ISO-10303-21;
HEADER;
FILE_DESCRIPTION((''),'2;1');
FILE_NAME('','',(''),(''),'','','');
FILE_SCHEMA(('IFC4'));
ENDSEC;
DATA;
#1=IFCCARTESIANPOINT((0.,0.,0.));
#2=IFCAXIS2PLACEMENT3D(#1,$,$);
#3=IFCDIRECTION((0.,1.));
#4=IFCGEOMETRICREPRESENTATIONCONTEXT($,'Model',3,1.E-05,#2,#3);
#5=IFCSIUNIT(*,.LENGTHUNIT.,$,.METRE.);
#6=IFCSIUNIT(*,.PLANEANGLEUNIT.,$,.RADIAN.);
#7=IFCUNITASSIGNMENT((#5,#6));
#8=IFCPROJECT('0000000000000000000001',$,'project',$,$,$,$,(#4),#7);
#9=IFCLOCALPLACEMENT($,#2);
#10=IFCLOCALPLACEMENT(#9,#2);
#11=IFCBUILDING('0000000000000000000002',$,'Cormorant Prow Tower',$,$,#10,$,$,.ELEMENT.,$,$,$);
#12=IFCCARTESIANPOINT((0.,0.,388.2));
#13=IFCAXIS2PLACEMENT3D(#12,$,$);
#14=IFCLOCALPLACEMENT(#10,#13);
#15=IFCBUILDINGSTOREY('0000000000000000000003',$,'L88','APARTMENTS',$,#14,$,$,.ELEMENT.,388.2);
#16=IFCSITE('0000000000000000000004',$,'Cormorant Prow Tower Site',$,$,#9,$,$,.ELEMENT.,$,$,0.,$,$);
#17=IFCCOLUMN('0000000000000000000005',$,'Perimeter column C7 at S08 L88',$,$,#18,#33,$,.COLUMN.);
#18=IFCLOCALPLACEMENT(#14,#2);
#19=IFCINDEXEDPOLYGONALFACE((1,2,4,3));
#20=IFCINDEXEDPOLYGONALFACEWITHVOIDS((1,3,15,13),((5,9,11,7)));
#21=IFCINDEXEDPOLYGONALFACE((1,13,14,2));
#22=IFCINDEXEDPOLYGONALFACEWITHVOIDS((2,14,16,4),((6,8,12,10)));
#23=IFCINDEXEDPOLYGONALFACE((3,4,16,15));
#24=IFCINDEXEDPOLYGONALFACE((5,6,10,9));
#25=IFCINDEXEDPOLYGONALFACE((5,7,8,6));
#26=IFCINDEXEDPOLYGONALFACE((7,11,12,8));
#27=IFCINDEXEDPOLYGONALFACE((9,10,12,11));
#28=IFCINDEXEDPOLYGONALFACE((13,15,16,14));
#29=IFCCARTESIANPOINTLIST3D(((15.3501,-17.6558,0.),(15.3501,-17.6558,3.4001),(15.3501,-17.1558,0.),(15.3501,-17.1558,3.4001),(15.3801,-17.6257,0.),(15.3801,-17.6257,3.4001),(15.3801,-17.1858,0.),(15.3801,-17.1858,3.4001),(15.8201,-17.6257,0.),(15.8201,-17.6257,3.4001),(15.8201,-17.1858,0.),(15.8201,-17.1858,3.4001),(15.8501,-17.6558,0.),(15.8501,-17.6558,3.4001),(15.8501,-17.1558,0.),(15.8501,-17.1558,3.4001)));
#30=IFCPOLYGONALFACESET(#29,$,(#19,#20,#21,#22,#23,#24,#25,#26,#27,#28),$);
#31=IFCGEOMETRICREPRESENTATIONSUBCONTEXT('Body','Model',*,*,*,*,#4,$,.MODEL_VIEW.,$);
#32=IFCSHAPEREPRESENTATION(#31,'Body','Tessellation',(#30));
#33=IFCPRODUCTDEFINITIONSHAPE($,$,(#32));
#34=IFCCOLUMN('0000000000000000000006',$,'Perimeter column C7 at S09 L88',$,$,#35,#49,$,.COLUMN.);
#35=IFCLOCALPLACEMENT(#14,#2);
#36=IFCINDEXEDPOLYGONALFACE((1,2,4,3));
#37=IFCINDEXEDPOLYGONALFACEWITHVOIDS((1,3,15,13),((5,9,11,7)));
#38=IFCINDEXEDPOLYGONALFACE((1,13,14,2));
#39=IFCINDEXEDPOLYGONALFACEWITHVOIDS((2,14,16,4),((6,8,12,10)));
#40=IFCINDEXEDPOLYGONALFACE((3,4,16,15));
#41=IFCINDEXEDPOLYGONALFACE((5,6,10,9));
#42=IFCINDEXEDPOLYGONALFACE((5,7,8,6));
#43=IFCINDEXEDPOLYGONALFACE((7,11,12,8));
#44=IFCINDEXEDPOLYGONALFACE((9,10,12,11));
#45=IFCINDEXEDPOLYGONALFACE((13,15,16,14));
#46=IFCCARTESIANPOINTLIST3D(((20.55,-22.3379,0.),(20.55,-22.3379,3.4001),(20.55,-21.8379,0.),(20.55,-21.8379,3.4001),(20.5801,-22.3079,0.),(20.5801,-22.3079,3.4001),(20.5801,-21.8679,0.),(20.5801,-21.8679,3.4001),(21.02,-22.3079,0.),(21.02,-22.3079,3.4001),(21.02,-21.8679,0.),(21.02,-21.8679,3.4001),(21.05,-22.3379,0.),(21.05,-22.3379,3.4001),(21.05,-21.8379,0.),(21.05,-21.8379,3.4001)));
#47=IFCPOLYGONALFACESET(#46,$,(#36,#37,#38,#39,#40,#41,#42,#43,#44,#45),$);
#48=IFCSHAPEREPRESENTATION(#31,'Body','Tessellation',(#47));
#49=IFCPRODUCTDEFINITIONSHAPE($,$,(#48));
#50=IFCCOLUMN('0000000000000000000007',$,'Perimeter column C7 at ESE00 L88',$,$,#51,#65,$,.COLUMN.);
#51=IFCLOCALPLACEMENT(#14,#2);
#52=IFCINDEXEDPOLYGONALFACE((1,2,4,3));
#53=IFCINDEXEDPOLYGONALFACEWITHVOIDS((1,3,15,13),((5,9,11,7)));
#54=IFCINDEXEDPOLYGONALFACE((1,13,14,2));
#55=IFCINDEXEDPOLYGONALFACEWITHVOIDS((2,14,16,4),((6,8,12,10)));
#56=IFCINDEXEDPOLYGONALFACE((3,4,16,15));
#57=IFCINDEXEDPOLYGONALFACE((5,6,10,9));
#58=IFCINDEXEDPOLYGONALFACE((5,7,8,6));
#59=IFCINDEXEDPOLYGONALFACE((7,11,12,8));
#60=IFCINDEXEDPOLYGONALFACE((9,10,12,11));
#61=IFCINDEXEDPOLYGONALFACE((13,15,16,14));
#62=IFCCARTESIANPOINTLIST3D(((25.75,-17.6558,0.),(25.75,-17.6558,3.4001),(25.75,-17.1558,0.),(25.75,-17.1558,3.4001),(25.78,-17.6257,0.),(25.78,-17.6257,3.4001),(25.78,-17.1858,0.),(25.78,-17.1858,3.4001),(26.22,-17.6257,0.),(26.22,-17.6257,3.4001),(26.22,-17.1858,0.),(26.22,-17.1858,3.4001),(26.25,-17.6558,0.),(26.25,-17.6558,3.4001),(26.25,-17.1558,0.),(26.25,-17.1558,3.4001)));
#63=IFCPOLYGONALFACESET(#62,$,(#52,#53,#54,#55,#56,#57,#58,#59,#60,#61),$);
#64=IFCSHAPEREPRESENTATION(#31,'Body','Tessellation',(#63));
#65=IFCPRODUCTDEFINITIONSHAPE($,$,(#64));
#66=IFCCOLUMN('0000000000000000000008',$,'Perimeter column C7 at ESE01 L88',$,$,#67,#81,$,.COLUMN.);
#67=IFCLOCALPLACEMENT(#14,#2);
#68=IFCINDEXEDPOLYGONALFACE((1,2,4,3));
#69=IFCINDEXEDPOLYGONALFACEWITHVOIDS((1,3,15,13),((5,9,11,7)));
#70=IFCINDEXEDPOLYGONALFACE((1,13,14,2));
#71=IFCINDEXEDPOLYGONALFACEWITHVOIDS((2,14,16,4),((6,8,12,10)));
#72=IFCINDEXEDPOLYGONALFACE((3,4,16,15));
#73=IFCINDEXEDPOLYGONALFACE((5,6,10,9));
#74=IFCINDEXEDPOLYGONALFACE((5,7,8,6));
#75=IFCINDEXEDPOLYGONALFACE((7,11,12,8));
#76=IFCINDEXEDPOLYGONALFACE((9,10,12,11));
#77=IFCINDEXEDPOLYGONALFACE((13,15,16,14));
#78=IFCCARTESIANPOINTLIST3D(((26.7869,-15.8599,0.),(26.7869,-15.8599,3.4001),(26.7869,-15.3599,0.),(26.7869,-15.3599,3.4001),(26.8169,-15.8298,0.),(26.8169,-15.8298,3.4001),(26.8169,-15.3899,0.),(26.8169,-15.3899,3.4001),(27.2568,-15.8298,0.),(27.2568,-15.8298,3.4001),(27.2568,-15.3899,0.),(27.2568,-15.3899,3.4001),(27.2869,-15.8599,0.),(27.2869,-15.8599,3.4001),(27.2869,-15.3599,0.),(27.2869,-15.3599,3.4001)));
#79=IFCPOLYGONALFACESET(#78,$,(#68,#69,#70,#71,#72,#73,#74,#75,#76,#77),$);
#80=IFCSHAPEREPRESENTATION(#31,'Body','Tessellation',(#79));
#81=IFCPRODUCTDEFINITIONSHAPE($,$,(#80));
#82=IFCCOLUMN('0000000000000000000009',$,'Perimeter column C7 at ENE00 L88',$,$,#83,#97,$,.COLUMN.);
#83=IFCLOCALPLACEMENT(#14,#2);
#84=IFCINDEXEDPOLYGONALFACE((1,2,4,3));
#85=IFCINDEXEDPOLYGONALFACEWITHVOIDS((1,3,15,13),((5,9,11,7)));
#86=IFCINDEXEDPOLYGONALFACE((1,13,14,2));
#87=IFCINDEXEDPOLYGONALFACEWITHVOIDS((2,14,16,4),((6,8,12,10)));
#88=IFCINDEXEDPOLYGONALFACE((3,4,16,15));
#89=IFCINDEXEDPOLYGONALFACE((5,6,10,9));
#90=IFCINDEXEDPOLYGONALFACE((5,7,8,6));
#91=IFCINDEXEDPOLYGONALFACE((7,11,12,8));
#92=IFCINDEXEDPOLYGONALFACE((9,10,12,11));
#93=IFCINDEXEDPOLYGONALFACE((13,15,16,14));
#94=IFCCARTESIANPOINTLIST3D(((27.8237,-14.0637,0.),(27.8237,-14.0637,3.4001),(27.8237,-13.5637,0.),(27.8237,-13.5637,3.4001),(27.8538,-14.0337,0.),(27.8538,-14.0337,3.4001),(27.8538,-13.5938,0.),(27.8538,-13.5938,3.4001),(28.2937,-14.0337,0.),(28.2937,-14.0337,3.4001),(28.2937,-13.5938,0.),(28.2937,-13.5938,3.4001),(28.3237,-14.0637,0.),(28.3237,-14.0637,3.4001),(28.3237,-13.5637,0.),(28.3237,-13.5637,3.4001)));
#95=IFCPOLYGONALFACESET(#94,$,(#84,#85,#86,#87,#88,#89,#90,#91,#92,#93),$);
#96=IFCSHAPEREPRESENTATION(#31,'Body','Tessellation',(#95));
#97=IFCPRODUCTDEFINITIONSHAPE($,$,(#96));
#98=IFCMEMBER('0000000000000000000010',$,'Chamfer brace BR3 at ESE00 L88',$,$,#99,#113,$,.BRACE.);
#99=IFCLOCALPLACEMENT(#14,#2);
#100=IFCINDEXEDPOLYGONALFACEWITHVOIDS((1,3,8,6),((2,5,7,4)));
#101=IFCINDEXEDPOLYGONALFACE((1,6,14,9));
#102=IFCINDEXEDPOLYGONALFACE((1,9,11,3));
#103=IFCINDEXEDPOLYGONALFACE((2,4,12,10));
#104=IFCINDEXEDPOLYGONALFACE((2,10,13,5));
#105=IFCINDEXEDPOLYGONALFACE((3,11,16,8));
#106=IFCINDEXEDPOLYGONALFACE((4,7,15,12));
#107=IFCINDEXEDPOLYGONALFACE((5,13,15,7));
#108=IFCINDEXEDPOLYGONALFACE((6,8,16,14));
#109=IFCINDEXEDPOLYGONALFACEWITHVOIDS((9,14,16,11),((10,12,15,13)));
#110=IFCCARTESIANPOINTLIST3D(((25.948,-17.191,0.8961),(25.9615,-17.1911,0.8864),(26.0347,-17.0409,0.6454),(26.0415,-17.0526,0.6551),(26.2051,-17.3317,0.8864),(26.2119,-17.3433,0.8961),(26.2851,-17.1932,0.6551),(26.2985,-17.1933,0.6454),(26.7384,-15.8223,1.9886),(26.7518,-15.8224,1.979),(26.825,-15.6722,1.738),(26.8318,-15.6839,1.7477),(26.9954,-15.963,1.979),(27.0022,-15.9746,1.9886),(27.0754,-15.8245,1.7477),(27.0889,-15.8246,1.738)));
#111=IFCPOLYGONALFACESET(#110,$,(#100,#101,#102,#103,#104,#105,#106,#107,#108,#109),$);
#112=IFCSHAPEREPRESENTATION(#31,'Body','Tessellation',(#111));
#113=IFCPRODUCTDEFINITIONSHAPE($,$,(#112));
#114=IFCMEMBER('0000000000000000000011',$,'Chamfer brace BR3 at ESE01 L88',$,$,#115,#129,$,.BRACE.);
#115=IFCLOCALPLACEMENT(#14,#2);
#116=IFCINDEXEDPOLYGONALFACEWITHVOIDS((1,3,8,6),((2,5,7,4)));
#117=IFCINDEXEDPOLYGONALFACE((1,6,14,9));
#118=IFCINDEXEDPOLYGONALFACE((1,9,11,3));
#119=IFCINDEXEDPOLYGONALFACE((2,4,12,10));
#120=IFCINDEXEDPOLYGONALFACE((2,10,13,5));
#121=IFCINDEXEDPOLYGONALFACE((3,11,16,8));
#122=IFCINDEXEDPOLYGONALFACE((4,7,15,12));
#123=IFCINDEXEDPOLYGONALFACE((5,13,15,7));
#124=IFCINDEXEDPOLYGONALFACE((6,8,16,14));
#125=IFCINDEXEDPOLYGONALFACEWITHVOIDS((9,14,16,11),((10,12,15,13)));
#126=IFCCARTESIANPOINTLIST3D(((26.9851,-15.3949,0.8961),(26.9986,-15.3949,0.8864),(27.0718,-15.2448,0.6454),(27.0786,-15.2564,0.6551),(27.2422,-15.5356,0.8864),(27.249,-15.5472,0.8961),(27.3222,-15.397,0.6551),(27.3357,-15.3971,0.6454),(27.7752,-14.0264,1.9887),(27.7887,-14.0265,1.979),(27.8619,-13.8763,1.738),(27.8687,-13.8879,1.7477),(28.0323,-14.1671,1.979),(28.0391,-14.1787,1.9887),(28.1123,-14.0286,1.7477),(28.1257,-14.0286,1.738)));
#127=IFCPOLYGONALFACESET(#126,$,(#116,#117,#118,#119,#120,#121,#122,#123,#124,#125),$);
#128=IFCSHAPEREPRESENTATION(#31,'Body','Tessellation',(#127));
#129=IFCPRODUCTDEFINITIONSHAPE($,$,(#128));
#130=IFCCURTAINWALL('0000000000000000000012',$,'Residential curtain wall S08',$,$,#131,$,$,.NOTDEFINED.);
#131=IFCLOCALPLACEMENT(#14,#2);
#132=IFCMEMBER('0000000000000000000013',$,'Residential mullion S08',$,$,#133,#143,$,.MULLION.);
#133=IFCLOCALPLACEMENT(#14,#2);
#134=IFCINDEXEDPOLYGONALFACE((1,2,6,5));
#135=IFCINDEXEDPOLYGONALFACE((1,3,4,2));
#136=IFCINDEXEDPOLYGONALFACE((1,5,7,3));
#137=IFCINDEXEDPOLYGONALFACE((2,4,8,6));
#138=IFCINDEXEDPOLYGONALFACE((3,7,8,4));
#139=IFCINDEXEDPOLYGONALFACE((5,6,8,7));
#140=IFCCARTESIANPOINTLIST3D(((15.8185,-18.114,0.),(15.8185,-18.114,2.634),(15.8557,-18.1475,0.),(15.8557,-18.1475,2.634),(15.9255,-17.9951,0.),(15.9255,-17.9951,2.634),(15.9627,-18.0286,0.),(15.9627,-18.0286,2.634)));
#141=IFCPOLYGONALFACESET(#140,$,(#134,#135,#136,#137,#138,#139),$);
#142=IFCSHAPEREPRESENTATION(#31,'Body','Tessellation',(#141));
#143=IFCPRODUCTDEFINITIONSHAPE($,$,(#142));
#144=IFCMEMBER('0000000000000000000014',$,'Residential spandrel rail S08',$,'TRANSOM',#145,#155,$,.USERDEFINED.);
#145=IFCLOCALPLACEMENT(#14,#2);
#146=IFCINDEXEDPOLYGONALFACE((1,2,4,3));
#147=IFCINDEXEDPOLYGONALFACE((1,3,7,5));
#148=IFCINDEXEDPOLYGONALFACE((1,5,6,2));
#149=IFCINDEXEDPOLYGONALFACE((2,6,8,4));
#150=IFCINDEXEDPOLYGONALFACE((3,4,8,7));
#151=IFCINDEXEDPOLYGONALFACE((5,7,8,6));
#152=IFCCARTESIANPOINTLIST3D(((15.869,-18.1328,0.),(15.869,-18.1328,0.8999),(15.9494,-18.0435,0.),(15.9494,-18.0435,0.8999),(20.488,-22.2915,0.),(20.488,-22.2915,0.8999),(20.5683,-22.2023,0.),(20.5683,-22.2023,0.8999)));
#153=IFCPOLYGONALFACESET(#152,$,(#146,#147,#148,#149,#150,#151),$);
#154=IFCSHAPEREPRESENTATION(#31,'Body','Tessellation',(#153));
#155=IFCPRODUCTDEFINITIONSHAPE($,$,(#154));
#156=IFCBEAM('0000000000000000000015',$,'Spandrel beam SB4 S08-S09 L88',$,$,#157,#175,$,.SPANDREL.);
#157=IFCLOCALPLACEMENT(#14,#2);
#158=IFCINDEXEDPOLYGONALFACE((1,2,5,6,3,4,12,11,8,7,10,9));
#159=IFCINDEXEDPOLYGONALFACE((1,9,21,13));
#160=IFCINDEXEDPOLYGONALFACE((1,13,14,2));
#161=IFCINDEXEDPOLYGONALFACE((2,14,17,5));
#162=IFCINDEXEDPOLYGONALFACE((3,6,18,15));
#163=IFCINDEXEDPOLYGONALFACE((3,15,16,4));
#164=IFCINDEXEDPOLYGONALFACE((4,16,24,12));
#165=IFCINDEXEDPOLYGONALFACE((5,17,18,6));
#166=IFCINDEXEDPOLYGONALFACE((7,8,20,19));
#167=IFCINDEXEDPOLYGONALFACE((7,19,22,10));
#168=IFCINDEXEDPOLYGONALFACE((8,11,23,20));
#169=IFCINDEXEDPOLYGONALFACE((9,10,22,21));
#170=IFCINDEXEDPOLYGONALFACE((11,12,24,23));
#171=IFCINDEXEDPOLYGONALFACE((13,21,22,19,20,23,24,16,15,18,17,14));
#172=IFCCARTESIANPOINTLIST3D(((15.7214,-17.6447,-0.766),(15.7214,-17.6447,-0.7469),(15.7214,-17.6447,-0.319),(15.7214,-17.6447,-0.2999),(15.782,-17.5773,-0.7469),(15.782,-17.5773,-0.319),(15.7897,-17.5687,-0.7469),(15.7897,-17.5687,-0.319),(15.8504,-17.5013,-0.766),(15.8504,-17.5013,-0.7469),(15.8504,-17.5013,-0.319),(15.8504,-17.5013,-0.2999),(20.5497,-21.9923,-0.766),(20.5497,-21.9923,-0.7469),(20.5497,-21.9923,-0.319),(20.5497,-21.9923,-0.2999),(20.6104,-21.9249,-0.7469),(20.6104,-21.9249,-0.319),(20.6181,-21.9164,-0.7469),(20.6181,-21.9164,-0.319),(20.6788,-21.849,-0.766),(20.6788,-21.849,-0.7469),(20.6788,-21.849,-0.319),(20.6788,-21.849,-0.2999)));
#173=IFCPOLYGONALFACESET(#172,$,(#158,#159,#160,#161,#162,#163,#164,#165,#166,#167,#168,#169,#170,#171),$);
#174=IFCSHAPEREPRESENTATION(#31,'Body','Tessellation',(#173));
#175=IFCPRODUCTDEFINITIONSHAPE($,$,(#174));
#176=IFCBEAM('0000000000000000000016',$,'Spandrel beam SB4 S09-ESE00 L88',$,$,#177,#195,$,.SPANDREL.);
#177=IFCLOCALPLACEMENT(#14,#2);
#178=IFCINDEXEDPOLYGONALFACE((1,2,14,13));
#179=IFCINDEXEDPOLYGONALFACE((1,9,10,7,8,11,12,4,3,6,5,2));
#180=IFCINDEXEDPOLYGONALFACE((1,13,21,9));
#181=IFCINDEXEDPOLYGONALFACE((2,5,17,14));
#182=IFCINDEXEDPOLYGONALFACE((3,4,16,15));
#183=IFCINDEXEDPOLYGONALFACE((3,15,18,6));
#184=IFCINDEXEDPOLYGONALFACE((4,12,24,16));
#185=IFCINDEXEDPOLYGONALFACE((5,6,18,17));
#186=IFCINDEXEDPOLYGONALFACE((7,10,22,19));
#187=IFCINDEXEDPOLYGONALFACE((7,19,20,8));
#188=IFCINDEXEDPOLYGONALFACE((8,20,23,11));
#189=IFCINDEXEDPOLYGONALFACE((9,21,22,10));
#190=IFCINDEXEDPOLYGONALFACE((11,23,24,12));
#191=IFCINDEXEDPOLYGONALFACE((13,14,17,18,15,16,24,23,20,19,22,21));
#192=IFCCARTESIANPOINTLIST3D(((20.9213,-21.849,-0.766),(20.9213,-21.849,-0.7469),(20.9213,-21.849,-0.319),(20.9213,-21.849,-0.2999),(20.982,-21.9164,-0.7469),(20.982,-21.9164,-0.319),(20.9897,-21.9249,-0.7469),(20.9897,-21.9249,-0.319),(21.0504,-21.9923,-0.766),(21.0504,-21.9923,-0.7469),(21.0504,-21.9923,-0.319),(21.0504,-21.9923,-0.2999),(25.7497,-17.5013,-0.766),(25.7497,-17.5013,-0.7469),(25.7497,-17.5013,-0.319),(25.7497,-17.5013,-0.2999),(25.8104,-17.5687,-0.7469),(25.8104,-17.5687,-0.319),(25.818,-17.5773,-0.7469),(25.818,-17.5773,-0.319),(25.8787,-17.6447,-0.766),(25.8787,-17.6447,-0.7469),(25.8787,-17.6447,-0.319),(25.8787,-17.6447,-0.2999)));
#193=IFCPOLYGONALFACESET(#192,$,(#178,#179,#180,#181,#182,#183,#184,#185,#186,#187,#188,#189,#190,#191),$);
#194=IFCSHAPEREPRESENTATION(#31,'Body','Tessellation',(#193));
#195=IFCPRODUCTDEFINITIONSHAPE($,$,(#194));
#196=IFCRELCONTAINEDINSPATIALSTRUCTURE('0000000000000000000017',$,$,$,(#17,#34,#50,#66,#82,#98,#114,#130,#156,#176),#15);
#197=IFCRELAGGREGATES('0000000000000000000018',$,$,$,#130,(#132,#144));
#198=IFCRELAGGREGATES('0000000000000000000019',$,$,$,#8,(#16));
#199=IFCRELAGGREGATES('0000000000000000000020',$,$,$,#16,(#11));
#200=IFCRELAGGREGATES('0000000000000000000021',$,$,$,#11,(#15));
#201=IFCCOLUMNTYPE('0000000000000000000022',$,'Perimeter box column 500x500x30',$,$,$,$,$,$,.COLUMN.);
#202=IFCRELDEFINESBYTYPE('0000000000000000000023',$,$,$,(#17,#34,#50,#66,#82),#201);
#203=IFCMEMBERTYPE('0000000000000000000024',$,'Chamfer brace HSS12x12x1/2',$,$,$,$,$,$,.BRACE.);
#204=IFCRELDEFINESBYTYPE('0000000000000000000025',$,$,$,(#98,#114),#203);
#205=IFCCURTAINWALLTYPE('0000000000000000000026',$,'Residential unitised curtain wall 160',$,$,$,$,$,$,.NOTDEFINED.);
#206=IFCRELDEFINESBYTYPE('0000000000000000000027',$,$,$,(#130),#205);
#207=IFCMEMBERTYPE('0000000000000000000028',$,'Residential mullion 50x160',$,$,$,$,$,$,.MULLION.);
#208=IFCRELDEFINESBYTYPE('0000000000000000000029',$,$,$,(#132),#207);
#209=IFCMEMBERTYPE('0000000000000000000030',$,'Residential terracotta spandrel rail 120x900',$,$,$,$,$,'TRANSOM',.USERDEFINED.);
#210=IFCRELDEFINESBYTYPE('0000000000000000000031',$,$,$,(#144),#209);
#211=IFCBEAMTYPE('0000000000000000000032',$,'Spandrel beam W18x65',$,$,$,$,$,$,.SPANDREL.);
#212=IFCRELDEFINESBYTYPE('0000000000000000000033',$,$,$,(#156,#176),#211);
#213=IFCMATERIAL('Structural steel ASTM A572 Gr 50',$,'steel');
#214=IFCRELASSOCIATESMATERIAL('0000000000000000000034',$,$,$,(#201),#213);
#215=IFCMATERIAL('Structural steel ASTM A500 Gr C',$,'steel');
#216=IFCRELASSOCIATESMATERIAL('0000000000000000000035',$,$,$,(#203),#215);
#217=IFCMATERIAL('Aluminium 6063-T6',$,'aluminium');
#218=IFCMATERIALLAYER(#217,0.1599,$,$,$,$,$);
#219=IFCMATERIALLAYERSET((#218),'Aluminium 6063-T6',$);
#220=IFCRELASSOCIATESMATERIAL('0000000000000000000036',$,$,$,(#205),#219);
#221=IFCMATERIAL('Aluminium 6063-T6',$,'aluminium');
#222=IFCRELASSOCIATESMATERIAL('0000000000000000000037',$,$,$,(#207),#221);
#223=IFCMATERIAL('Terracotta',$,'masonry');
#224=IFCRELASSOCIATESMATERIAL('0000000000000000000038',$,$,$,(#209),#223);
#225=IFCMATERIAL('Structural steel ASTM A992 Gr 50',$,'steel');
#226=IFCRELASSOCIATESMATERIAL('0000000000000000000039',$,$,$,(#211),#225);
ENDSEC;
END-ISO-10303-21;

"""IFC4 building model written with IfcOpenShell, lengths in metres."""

from ifc_helpers import new_model, si_unit, direction, frame, origin, origin_2d, place, context, subcontext, project, spatial, rectangle, hollow_rectangle, i_section, extrude, material, layer, layer_set, material_profile, profile_set, type_object, element, aggregate, save


model = new_model("IFC4")

# Units and contexts
model_context = context("Model", 3, precision=1e-05, world=origin(), true_north=direction((0.0, 1.0)))
body_context = subcontext(model_context, "Body", "Model", "MODEL_VIEW")
ifc_project = project(units=[si_unit("LENGTHUNIT", "METRE"), si_unit("PLANEANGLEUNIT", "RADIAN")], contexts=[model_context])

# Site, building, storey
site_placement = place(None, origin())
site = spatial("IfcSite", under=ifc_project, at=site_placement, Name="Cormorant Prow Tower Site", CompositionType="ELEMENT", RefElevation=0.0)
building_placement = place(site_placement, origin())
building = spatial("IfcBuilding", under=site, at=building_placement, Name="Cormorant Prow Tower", CompositionType="ELEMENT")
storey_placement = place(building_placement, frame((0.0, 0.0, 388.2)))
storey = spatial("IfcBuildingStorey", under=building, at=storey_placement, Name="L88", Description="APARTMENTS", CompositionType="ELEMENT", Elevation=388.2)

# Columns
ifc_material_1 = material(Name="Structural steel ASTM A572 Gr 50", Category="steel")
ifc_material_profile_1 = material_profile(ifc_material_1, hollow_rectangle(XDim=0.5, YDim=0.5, WallThickness=0.03, at=origin_2d()), Name="Box 500x500x30")
ifc_profile_set_1 = profile_set([ifc_material_profile_1], Name="Structural steel ASTM A572 Gr 50")
column_type = type_object("IfcColumnType", Name="Perimeter box column 500x500x30", PredefinedType="COLUMN", material=ifc_profile_set_1)
for number, where, z_axis, x_axis, name in (
    (1, (15.6001, -17.4058, 0.0), (0.0, 0.0, 1.0), (1.0, 0.0, 0.0), "Perimeter column C7 at S08 L88"),
    (2, (20.8, -22.0879, 0.0), (0.0, 0.0, 1.0), (1.0, 0.0, 0.0), "Perimeter column C7 at S09 L88"),
    (3, (26.0, -17.4058, 0.0), (0.0, 0.0, 1.0), (1.0, 0.0, 0.0), "Perimeter column C7 at ESE00 L88"),
    (4, (27.0369, -15.6099, 0.0), (0.0, 0.0, 1.0), (1.0, 0.0, 0.0), "Perimeter column C7 at ESE01 L88"),
    (5, (28.0737, -13.8137, 0.0), (0.0, 0.0, 1.0), (1.0, 0.0, 0.0), "Perimeter column C7 at ENE00 L88"),
):
    element("IfcColumn", number, at=place(storey_placement, frame(where, z_axis=z_axis, x_axis=x_axis)), inside=storey, type_object=column_type, Name=name, PredefinedType="COLUMN", context=body_context, shape_type="SweptSolid", body=[
        extrude(hollow_rectangle(XDim=0.5, YDim=0.5, WallThickness=0.03, at=origin_2d()), origin(), (0.0, 0.0, 1.0), 3.4001),
    ])

# Members
ifc_material_2 = material(Name="Structural steel ASTM A500 Gr C", Category="steel")
ifc_material_profile_2 = material_profile(ifc_material_2, hollow_rectangle(XDim=0.3047, YDim=0.3047, WallThickness=0.0117, at=origin_2d()), Name="HSS12x12x1/2")
ifc_profile_set_2 = profile_set([ifc_material_profile_2], Name="Structural steel ASTM A500 Gr C")
member_type_1 = type_object("IfcMemberType", Name="Chamfer brace HSS12x12x1/2", PredefinedType="BRACE", material=ifc_profile_set_2)
member_1_placement = place(storey_placement, frame((26.1233, -17.1921, 0.7708), z_axis=(0.411328, 0.712359, 0.568642), x_axis=(-0.866, 0.500043, 0.0)))
element("IfcMember", 6, at=member_1_placement, inside=storey, type_object=member_type_1, Name="Chamfer brace BR3 at ESE00 L88", PredefinedType="BRACE", context=body_context, shape_type="SweptSolid", body=[
    extrude(hollow_rectangle(XDim=0.3047, YDim=0.3047, WallThickness=0.0117, at=origin_2d()), origin(), (0.0, 0.0, 1.0), 1.9214),
])
member_2_placement = place(storey_placement, frame((27.1604, -15.396, 0.7708), z_axis=(0.41126, 0.712334, 0.568723), x_axis=(-0.866029, 0.499994, 0.0)))
element("IfcMember", 7, at=member_2_placement, inside=storey, type_object=member_type_1, Name="Chamfer brace BR3 at ESE01 L88", PredefinedType="BRACE", context=body_context, shape_type="SweptSolid", body=[
    extrude(hollow_rectangle(XDim=0.3047, YDim=0.3047, WallThickness=0.0117, at=origin_2d()), origin(), (0.0, 0.0, 1.0), 1.9211),
])

# Curtain wall, members
ifc_material_3 = material(Name="Aluminium 6063-T6", Category="aluminium")
ifc_layer_1 = layer(ifc_material_3, 0.1599)
ifc_layer_set_1 = layer_set([ifc_layer_1], Name="Aluminium 6063-T6")
curtain_wall_type = type_object("IfcCurtainWallType", Name="Residential unitised curtain wall 160", PredefinedType="NOTDEFINED", material=ifc_layer_set_1)
curtain_wall_placement = place(storey_placement, origin())
curtain_wall = element("IfcCurtainWall", 8, at=curtain_wall_placement, inside=storey, type_object=curtain_wall_type, Name="Residential curtain wall S08", PredefinedType="NOTDEFINED")
ifc_material_4 = material(Name="Aluminium 6063-T6", Category="aluminium")
ifc_material_profile_3 = material_profile(ifc_material_4, rectangle(XDim=0.1599, YDim=0.05, at=origin_2d()), Name="Residential mullion 50x160")
ifc_profile_set_3 = profile_set([ifc_material_profile_3], Name="Aluminium 6063-T6")
member_type_2 = type_object("IfcMemberType", Name="Residential mullion 50x160", PredefinedType="MULLION", material=ifc_profile_set_3)
member_3_placement = place(storey_placement, frame((15.8906, -18.0713, 0.0), z_axis=(0.0, 0.0, 1.0), x_axis=(0.669131, 0.743145, 0.0)))
member_3 = element("IfcMember", 9, at=member_3_placement, type_object=member_type_2, Name="Residential mullion S08", PredefinedType="MULLION", context=body_context, shape_type="SweptSolid", body=[
    extrude(rectangle(XDim=0.1599, YDim=0.05, at=origin_2d()), origin(), (0.0, 0.0, 1.0), 2.634),
])
ifc_material_5 = material(Name="Terracotta", Category="masonry")
ifc_material_profile_4 = material_profile(ifc_material_5, rectangle(XDim=0.1201, YDim=0.8999, at=origin_2d()), Name="Residential terracotta spandrel rail 120x900")
ifc_profile_set_4 = profile_set([ifc_material_profile_4], Name="Terracotta")
member_type_3 = type_object("IfcMemberType", Name="Residential terracotta spandrel rail 120x900", ElementType="TRANSOM", PredefinedType="USERDEFINED", material=ifc_profile_set_4)
member_4_placement = place(storey_placement, frame((15.9092, -18.0881, 0.45), z_axis=(0.743159, -0.669114, 0.0), x_axis=(0.669114, 0.743159, 0.0)))
member_4 = element("IfcMember", 10, at=member_4_placement, type_object=member_type_3, Name="Residential spandrel rail S08", ObjectType="TRANSOM", PredefinedType="USERDEFINED", context=body_context, shape_type="SweptSolid", body=[
    extrude(rectangle(XDim=0.1201, YDim=0.8999, at=origin_2d()), origin(), (0.0, 0.0, 1.0), 6.2153),
])

# Beams
ifc_material_6 = material(Name="Structural steel ASTM A992 Gr 50", Category="steel")
ifc_material_profile_5 = material_profile(ifc_material_6, i_section(OverallWidth=0.1929, OverallDepth=0.4661, WebThickness=0.0115, FlangeThickness=0.019, at=origin_2d()), Name="W18x65")
ifc_profile_set_5 = profile_set([ifc_material_profile_5], Name="Structural steel ASTM A992 Gr 50")
beam_type = type_object("IfcBeamType", Name="Spandrel beam W18x65", PredefinedType="SPANDREL", material=ifc_profile_set_5)
for number, where, z_axis, x_axis, name in (
    (11, (15.7859, -17.573, -0.533), (0.743132, -0.669145, 0.0), (0.669145, 0.743132, 0.0), "Spandrel beam SB4 S08-S09 L88"),
    (12, (20.9858, -21.9207, -0.533), (0.743132, 0.669145, 0.0), (-0.669145, 0.743132, 0.0), "Spandrel beam SB4 S09-ESE00 L88"),
):
    element("IfcBeam", number, at=place(storey_placement, frame(where, z_axis=z_axis, x_axis=x_axis)), inside=storey, type_object=beam_type, Name=name, PredefinedType="SPANDREL", context=body_context, shape_type="SweptSolid", body=[
        extrude(i_section(OverallWidth=0.1929, OverallDepth=0.4661, WebThickness=0.0115, FlangeThickness=0.019, at=origin_2d()), origin(), (0.0, 0.0, 1.0), 6.4973),
    ])

aggregate(curtain_wall, [member_3, member_4])

save(model, "model.ifc")
